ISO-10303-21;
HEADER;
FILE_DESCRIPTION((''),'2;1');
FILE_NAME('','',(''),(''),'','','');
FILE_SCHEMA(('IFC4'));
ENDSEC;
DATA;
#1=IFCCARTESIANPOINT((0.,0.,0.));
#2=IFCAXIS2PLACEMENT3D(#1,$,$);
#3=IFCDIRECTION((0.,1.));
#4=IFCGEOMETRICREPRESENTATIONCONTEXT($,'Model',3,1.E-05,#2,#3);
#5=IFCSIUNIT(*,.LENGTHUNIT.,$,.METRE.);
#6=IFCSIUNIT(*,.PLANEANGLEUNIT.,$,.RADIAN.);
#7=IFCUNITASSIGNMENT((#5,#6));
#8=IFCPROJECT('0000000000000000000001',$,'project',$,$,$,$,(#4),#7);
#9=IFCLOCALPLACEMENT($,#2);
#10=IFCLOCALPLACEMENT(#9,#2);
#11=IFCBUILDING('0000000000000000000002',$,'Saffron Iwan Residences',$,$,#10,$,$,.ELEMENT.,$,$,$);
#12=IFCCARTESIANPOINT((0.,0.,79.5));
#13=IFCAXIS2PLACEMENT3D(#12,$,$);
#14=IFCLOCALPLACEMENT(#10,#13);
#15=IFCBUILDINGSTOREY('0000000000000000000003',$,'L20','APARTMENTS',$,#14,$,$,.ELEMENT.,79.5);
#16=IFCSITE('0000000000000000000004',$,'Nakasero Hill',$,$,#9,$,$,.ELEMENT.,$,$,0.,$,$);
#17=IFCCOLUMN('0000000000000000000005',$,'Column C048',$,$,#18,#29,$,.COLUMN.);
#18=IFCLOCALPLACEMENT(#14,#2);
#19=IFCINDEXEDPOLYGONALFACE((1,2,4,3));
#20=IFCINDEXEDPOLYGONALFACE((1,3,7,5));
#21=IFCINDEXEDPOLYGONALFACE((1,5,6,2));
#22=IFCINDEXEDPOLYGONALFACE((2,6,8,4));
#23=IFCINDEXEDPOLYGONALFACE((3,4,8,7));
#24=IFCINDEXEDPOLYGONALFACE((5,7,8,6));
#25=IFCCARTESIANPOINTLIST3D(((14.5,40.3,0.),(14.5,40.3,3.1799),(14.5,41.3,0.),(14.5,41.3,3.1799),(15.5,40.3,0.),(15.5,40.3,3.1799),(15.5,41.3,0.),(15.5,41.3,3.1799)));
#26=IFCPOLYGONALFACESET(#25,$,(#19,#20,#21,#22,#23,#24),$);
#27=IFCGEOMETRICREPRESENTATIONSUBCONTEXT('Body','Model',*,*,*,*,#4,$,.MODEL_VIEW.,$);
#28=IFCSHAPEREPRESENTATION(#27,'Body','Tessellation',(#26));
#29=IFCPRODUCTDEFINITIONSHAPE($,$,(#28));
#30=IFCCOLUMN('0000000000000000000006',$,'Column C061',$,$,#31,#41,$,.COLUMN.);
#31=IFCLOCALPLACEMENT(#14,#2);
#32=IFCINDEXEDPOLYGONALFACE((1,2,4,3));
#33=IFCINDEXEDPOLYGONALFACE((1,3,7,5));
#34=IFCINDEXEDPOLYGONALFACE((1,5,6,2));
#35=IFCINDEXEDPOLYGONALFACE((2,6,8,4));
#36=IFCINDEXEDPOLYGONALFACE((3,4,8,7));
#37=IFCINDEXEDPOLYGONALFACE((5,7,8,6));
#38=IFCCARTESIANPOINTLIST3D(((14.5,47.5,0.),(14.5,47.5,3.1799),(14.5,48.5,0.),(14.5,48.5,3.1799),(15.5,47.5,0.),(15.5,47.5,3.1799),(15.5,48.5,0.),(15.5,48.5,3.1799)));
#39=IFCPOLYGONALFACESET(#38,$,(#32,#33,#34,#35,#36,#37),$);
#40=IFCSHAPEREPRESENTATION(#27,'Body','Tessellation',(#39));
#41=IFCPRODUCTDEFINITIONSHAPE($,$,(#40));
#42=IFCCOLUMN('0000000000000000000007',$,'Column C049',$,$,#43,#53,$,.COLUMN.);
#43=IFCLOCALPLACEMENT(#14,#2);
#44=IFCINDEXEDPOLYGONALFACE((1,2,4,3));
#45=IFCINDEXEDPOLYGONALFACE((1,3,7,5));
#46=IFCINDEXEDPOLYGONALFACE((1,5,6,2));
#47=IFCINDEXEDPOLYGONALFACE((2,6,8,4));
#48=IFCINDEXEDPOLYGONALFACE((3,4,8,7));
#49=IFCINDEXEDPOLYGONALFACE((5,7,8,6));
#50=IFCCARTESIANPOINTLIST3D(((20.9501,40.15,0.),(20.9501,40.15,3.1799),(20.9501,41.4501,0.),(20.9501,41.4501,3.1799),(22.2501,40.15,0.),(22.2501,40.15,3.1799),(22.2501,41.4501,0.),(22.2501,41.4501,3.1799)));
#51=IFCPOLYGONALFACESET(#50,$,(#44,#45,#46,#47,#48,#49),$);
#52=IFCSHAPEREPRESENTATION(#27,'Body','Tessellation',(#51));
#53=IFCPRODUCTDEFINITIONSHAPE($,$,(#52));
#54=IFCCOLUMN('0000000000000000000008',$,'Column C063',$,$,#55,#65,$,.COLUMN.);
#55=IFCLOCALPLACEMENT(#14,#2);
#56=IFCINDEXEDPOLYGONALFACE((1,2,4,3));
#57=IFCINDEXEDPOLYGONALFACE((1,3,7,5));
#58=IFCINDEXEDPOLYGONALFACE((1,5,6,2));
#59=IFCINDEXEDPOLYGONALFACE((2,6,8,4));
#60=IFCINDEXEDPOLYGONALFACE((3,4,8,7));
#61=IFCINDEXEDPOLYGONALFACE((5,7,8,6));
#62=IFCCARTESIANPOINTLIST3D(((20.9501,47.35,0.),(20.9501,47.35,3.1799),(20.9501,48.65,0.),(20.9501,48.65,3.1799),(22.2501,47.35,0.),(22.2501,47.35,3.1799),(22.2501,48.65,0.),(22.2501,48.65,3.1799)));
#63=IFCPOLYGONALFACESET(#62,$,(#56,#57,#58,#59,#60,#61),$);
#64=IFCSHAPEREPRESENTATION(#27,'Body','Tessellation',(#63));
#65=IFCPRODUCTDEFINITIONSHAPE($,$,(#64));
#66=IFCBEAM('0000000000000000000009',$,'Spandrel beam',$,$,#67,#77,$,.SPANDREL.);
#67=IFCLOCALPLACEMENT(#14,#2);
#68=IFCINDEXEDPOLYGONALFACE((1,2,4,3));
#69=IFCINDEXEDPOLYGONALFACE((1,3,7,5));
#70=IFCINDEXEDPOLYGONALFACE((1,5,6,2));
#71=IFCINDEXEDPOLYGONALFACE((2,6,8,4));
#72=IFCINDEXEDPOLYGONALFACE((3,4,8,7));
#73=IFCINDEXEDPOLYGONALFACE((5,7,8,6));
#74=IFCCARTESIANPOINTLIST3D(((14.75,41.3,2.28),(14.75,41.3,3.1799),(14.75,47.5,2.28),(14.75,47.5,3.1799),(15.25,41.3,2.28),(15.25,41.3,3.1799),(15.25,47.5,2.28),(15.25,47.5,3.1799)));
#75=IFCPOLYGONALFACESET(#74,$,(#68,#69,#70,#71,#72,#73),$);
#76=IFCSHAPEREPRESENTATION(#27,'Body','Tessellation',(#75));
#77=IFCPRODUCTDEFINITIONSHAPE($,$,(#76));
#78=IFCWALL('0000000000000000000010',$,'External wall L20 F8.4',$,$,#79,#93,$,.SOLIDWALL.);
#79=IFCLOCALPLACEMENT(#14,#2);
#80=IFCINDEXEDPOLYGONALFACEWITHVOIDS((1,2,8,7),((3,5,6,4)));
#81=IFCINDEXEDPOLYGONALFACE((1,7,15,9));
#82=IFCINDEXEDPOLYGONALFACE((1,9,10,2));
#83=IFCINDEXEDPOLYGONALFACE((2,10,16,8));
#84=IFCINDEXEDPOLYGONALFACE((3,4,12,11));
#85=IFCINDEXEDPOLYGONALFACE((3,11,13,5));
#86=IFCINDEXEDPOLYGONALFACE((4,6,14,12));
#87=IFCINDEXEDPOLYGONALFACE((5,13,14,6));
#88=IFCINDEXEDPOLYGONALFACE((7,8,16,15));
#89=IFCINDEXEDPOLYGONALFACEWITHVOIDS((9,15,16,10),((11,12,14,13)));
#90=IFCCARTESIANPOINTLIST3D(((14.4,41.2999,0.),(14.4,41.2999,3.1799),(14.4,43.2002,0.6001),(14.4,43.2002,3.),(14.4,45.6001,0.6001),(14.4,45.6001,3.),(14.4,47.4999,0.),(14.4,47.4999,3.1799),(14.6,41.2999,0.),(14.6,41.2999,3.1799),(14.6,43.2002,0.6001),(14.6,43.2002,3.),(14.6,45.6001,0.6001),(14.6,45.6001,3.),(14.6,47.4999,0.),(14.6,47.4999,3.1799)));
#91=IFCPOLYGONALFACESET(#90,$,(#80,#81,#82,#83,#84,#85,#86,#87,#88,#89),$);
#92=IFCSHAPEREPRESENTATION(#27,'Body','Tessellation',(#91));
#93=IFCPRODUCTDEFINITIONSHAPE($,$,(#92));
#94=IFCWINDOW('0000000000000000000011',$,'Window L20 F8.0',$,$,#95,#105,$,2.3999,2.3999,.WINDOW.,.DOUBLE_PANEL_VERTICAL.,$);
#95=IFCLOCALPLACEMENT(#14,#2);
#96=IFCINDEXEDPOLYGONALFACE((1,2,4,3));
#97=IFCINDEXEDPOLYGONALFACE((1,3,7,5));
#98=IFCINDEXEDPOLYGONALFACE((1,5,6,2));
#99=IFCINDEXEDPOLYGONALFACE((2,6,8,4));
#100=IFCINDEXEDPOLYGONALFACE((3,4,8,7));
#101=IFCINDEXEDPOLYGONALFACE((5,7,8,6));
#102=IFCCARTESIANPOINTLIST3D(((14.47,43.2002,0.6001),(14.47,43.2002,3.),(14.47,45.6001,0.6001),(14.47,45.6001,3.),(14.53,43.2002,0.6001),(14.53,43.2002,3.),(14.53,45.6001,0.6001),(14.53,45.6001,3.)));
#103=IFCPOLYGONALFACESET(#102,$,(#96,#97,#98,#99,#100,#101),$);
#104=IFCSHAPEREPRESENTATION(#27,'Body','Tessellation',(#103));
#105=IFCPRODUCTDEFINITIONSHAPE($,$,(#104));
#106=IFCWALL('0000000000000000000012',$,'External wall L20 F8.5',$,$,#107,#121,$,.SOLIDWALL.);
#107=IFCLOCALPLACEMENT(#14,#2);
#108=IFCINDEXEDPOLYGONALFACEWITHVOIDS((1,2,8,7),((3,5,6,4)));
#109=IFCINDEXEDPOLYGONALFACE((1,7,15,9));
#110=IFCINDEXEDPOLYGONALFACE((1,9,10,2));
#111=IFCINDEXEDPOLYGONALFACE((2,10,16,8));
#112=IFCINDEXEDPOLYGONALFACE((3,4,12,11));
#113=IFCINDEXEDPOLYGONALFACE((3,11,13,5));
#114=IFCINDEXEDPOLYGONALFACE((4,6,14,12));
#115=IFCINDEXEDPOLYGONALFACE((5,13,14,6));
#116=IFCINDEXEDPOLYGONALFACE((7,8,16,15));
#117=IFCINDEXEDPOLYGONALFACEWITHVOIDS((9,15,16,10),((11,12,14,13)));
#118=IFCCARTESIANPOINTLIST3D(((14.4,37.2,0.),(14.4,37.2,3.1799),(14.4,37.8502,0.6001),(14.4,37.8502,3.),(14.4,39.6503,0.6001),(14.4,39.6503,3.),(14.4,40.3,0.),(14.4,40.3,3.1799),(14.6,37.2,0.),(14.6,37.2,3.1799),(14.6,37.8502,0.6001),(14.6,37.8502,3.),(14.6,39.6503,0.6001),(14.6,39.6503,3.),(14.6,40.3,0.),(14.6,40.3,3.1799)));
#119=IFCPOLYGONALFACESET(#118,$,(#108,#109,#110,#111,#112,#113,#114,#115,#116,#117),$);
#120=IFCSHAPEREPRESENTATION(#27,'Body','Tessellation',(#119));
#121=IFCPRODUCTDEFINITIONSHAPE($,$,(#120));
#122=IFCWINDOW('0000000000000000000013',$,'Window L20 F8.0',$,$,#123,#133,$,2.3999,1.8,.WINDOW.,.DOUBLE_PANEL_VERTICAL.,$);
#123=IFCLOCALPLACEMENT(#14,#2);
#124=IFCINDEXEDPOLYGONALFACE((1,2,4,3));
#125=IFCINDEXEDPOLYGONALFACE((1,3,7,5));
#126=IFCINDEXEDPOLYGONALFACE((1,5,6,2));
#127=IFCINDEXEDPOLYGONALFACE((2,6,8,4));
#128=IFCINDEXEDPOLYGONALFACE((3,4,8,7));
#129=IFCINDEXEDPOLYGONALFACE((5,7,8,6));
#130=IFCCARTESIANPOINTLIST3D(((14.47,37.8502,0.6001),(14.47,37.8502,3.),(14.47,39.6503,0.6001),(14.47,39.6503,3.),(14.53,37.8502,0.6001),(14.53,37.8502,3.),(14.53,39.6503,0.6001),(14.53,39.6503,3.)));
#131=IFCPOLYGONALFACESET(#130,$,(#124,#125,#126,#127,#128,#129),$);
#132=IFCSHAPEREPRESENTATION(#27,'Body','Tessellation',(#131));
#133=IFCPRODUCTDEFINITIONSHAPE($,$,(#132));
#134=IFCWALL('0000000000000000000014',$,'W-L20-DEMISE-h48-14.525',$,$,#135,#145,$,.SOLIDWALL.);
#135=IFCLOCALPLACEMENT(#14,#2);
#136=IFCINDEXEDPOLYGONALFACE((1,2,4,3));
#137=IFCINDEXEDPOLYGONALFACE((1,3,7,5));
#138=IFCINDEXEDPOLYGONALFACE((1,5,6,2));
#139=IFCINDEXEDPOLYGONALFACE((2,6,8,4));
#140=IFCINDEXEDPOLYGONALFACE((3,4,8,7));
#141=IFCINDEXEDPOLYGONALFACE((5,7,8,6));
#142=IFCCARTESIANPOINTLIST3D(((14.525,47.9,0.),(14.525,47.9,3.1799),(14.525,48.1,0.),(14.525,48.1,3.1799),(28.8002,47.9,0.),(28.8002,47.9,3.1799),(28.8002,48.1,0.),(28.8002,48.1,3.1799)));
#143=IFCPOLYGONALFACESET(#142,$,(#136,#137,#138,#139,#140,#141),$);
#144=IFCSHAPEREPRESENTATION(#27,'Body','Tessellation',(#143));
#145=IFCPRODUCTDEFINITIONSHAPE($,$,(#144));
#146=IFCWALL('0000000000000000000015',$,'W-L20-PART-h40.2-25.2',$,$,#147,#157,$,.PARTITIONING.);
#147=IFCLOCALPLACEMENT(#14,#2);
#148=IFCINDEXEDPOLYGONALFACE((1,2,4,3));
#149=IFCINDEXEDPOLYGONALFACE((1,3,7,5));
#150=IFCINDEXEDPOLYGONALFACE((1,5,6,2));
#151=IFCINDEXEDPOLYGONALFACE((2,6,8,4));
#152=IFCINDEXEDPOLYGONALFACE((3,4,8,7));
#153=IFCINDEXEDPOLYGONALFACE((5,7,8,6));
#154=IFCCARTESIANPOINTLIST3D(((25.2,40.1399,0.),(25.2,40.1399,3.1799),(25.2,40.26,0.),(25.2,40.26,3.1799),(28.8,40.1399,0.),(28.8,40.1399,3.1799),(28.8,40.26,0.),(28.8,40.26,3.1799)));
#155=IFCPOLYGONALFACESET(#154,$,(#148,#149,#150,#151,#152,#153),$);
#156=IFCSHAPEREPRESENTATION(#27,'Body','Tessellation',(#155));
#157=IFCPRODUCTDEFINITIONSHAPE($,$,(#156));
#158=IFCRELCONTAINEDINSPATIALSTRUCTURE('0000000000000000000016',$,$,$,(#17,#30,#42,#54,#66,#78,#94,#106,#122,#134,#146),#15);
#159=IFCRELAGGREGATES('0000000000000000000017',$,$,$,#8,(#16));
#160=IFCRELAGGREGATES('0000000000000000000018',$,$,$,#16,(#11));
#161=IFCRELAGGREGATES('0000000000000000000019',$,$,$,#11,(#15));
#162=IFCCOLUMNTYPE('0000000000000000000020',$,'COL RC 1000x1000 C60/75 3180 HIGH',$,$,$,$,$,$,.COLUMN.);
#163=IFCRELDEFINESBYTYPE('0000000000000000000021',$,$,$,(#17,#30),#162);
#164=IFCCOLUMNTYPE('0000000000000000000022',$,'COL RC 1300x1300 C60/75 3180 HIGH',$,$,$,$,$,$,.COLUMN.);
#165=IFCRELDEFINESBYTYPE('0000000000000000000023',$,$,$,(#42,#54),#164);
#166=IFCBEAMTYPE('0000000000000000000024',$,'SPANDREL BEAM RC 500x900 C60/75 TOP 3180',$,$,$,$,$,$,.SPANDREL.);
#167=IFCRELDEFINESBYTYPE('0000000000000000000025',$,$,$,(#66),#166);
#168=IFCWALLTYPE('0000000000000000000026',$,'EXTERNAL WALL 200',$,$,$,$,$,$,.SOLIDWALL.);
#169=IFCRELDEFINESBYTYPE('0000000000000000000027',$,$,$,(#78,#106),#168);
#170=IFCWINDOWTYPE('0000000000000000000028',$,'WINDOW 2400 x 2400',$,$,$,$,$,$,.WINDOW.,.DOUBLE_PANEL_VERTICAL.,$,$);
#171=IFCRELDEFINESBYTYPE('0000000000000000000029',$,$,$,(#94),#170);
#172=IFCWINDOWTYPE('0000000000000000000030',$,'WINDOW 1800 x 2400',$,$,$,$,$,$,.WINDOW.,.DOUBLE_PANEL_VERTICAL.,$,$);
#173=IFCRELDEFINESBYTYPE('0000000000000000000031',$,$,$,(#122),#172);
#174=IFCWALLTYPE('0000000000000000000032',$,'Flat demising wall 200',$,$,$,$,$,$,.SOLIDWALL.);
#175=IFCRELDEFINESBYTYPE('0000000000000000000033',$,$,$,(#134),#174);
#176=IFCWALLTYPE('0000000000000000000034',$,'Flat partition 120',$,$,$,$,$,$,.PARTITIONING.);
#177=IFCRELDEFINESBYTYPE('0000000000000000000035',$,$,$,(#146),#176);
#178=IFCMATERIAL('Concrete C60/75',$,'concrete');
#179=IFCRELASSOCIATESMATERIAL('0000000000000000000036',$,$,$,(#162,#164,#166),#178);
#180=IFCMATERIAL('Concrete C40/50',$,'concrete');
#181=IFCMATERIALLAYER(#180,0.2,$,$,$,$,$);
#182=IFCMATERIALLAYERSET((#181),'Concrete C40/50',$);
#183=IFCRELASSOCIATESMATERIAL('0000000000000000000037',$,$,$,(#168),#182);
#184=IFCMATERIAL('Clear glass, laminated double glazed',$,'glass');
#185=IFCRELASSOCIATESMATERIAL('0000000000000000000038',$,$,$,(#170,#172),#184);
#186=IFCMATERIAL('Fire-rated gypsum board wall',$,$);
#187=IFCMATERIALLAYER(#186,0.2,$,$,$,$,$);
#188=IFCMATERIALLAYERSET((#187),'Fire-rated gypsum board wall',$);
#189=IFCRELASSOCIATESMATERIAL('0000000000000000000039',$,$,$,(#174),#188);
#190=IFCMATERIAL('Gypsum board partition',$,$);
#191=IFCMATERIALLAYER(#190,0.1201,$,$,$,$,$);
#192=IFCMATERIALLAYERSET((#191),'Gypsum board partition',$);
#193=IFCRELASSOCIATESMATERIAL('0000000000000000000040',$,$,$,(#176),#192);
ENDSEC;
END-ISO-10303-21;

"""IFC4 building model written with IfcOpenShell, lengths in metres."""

from ifc_helpers import new_model, si_unit, direction, frame, frame_2d, origin, origin_2d, place, context, subcontext, project, spatial, rectangle, extrude, source, transform, mapped, material, layer, layer_set, material_profile, profile_set, type_object, element, fill, save


model = new_model("IFC4")

# Units and contexts
model_context = context("Model", 3, precision=1e-05, world=origin(), true_north=direction((0.0, 1.0)))
body_context = subcontext(model_context, "Body", "Model", "MODEL_VIEW")
ifc_project = project(units=[si_unit("LENGTHUNIT", "METRE"), si_unit("PLANEANGLEUNIT", "RADIAN")], contexts=[model_context])

# Site, building, storey
site_placement = place(None, origin())
site = spatial("IfcSite", under=ifc_project, at=site_placement, Name="Nakasero Hill", CompositionType="ELEMENT", RefElevation=0.0)
building_placement = place(site_placement, origin())
building = spatial("IfcBuilding", under=site, at=building_placement, Name="Saffron Iwan Residences", CompositionType="ELEMENT")
storey_placement = place(building_placement, frame((0.0, 0.0, 79.5)))
storey = spatial("IfcBuildingStorey", under=building, at=storey_placement, Name="L20", Description="APARTMENTS", CompositionType="ELEMENT", Elevation=79.5)

# Columns
ifc_material_1 = material(Name="Concrete C60/75", Category="concrete")
ifc_material_profile_1 = material_profile(ifc_material_1, rectangle(XDim=1.0, YDim=1.0, at=origin_2d()), Name="RC 1000x1000")
ifc_profile_set_1 = profile_set([ifc_material_profile_1], Name="Concrete C60/75")
column_type_1 = type_object("IfcColumnType", Name="COL RC 1000x1000 C60/75 3180 HIGH", PredefinedType="COLUMN", material=ifc_profile_set_1)
shared_shape_1 = source(origin(), body_context, "Body", "SweptSolid", [
    extrude(rectangle(XDim=1.0, YDim=1.0, at=origin_2d()), origin(), (0.0, 0.0, 1.0), 3.1799),
])
for number, where, z_axis, x_axis, name in (
    (1, (15.0, 40.8, 0.0), (0.0, 0.0, 1.0), (1.0, 0.0, 0.0), "Column C048"),
    (2, (15.0, 48.0, 0.0), (0.0, 0.0, 1.0), (1.0, 0.0, 0.0), "Column C061"),
):
    element("IfcColumn", number, at=place(storey_placement, frame(where, z_axis=z_axis, x_axis=x_axis)), inside=storey, type_object=column_type_1, Name=name, PredefinedType="COLUMN", context=body_context, shape_type="MappedRepresentation", body=[
        mapped(shared_shape_1, transform((0.0, 0.0, 0.0))),
    ])
ifc_material_profile_2 = material_profile(ifc_material_1, rectangle(XDim=1.3, YDim=1.3, at=origin_2d()), Name="RC 1300x1300")
ifc_profile_set_2 = profile_set([ifc_material_profile_2], Name="Concrete C60/75")
column_type_2 = type_object("IfcColumnType", Name="COL RC 1300x1300 C60/75 3180 HIGH", PredefinedType="COLUMN", material=ifc_profile_set_2)
shared_shape_2 = source(origin(), body_context, "Body", "SweptSolid", [
    extrude(rectangle(XDim=1.3, YDim=1.3, at=origin_2d()), origin(), (0.0, 0.0, 1.0), 3.1799),
])
for number, where, z_axis, x_axis, name in (
    (3, (21.6001, 40.8, 0.0), (0.0, 0.0, 1.0), (1.0, 0.0, 0.0), "Column C049"),
    (4, (21.6001, 48.0, 0.0), (0.0, 0.0, 1.0), (1.0, 0.0, 0.0), "Column C063"),
):
    element("IfcColumn", number, at=place(storey_placement, frame(where, z_axis=z_axis, x_axis=x_axis)), inside=storey, type_object=column_type_2, Name=name, PredefinedType="COLUMN", context=body_context, shape_type="MappedRepresentation", body=[
        mapped(shared_shape_2, transform((0.0, 0.0, 0.0))),
    ])

# Beam
ifc_material_profile_3 = material_profile(ifc_material_1, rectangle(XDim=0.5, YDim=0.8999, at=origin_2d()), Name="RC 500x900")
ifc_profile_set_3 = profile_set([ifc_material_profile_3], Name="Concrete C60/75")
beam_type = type_object("IfcBeamType", Name="SPANDREL BEAM RC 500x900 C60/75 TOP 3180", PredefinedType="SPANDREL", material=ifc_profile_set_3)
shared_shape_3 = source(origin(), body_context, "Body", "SweptSolid", [
    extrude(rectangle(XDim=0.5, YDim=0.8999, at=origin_2d()), origin(), (0.0, 0.0, 1.0), 6.2),
])
beam_placement = place(storey_placement, frame((15.0, 41.3, 2.73), z_axis=(0.0, 1.0, 0.0), x_axis=(-1.0, 0.0, 0.0)))
element("IfcBeam", 5, at=beam_placement, inside=storey, type_object=beam_type, Name="Spandrel beam", PredefinedType="SPANDREL", context=body_context, shape_type="MappedRepresentation", body=[
    mapped(shared_shape_3, transform((0.0, 0.0, 0.0))),
])

# Walls, openings, windows
ifc_material_2 = material(Name="Concrete C40/50", Category="concrete")
ifc_layer_1 = layer(ifc_material_2, 0.2)
ifc_layer_set_1 = layer_set([ifc_layer_1], Name="Concrete C40/50")
wall_type_1 = type_object("IfcWallType", Name="EXTERNAL WALL 200", PredefinedType="SOLIDWALL", material=ifc_layer_set_1)
wall_1_placement = place(storey_placement, frame((14.5, 47.5, 0.0), z_axis=(0.0, 0.0, 1.0), x_axis=(0.0, -1.0, 0.0)))
wall_1 = element("IfcWall", 6, at=wall_1_placement, inside=storey, type_object=wall_type_1, Name="External wall L20 F8.4", PredefinedType="SOLIDWALL", context=body_context, shape_type="SweptSolid", body=[
    extrude(rectangle(XDim=6.2, YDim=0.2, at=frame_2d((3.1001, 0.0))), origin(), (0.0, 0.0, 1.0), 3.1799),
])
opening_1_placement = place(wall_1_placement, frame((1.8999, 0.0, 0.6001)))
opening_1 = element("IfcOpeningElement", 7, at=opening_1_placement, cuts=wall_1, PredefinedType="OPENING", context=body_context, shape_type="SweptSolid", body=[
    extrude(rectangle(XDim=2.3999, YDim=2.3999, at=frame_2d((1.2, 1.2))), frame((0.0, 0.1099, 0.0), z_axis=(0.0, -1.0, 0.0), x_axis=(1.0, 0.0, 0.0)), (0.0, 0.0, 1.0), 0.22),
])
ifc_material_3 = material(Name="Clear glass, laminated double glazed", Category="glass")
window_type_1 = type_object("IfcWindowType", Name="WINDOW 2400 x 2400", PartitioningType="DOUBLE_PANEL_VERTICAL", PredefinedType="WINDOW", material=ifc_material_3)
window_1_placement = place(opening_1_placement, origin())
window_1 = element("IfcWindow", 8, at=window_1_placement, inside=storey, type_object=window_type_1, Name="Window L20 F8.0", OverallHeight=2.3999, OverallWidth=2.3999, PartitioningType="DOUBLE_PANEL_VERTICAL", PredefinedType="WINDOW", context=body_context, shape_type="SweptSolid", body=[
    extrude(rectangle(XDim=2.3999, YDim=2.3999, at=frame_2d((1.2, 1.2))), frame((0.0, 0.03, 0.0), z_axis=(0.0, -1.0, 0.0), x_axis=(1.0, 0.0, 0.0)), (0.0, 0.0, 1.0), 0.0601),
])
fill(opening_1, window_1)
wall_2_placement = place(storey_placement, frame((14.5, 40.3, 0.0), z_axis=(0.0, 0.0, 1.0), x_axis=(0.0, -1.0, 0.0)))
wall_2 = element("IfcWall", 9, at=wall_2_placement, inside=storey, type_object=wall_type_1, Name="External wall L20 F8.5", PredefinedType="SOLIDWALL", context=body_context, shape_type="SweptSolid", body=[
    extrude(rectangle(XDim=3.1001, YDim=0.2, at=frame_2d((1.55, 0.0))), origin(), (0.0, 0.0, 1.0), 3.1799),
])
opening_2_placement = place(wall_2_placement, frame((0.6499, 0.0, 0.6001)))
opening_2 = element("IfcOpeningElement", 10, at=opening_2_placement, cuts=wall_2, PredefinedType="OPENING", context=body_context, shape_type="SweptSolid", body=[
    extrude(rectangle(XDim=1.8, YDim=2.3999, at=frame_2d((0.8999, 1.2))), frame((0.0, 0.1099, 0.0), z_axis=(0.0, -1.0, 0.0), x_axis=(1.0, 0.0, 0.0)), (0.0, 0.0, 1.0), 0.22),
])
window_type_2 = type_object("IfcWindowType", Name="WINDOW 1800 x 2400", PartitioningType="DOUBLE_PANEL_VERTICAL", PredefinedType="WINDOW", material=ifc_material_3)
window_2_placement = place(opening_2_placement, origin())
window_2 = element("IfcWindow", 11, at=window_2_placement, inside=storey, type_object=window_type_2, Name="Window L20 F8.0", OverallHeight=2.3999, OverallWidth=1.8, PartitioningType="DOUBLE_PANEL_VERTICAL", PredefinedType="WINDOW", context=body_context, shape_type="SweptSolid", body=[
    extrude(rectangle(XDim=1.8, YDim=2.3999, at=frame_2d((0.8999, 1.2))), frame((0.0, 0.03, 0.0), z_axis=(0.0, -1.0, 0.0), x_axis=(1.0, 0.0, 0.0)), (0.0, 0.0, 1.0), 0.0601),
])
fill(opening_2, window_2)

# Walls
ifc_material_4 = material(Name="Fire-rated gypsum board wall")
ifc_layer_2 = layer(ifc_material_4, 0.2)
ifc_layer_set_2 = layer_set([ifc_layer_2], Name="Fire-rated gypsum board wall")
wall_type_2 = type_object("IfcWallType", Name="Flat demising wall 200", PredefinedType="SOLIDWALL", material=ifc_layer_set_2)
wall_3_placement = place(storey_placement, frame((14.5249, 48.0, 0.0), z_axis=(0.0, 0.0, 1.0), x_axis=(1.0, 0.0, 0.0)))
element("IfcWall", 12, at=wall_3_placement, inside=storey, type_object=wall_type_2, Name="W-L20-DEMISE-h48-14.525", PredefinedType="SOLIDWALL", context=body_context, shape_type="SweptSolid", body=[
    extrude(rectangle(XDim=14.2751, YDim=0.2, at=frame_2d((7.1377, 0.0))), origin(), (0.0, 0.0, 1.0), 3.1799),
])
ifc_material_5 = material(Name="Gypsum board partition")
ifc_layer_3 = layer(ifc_material_5, 0.1201)
ifc_layer_set_3 = layer_set([ifc_layer_3], Name="Gypsum board partition")
wall_type_3 = type_object("IfcWallType", Name="Flat partition 120", PredefinedType="PARTITIONING", material=ifc_layer_set_3)
wall_4_placement = place(storey_placement, frame((25.2, 40.2, 0.0), z_axis=(0.0, 0.0, 1.0), x_axis=(1.0, 0.0, 0.0)))
element("IfcWall", 13, at=wall_4_placement, inside=storey, type_object=wall_type_3, Name="W-L20-PART-h40.2-25.2", PredefinedType="PARTITIONING", context=body_context, shape_type="SweptSolid", body=[
    extrude(rectangle(XDim=3.6001, YDim=0.1201, at=frame_2d((1.8, 0.0))), origin(), (0.0, 0.0, 1.0), 3.1799),
])

save(model, "model.ifc")
